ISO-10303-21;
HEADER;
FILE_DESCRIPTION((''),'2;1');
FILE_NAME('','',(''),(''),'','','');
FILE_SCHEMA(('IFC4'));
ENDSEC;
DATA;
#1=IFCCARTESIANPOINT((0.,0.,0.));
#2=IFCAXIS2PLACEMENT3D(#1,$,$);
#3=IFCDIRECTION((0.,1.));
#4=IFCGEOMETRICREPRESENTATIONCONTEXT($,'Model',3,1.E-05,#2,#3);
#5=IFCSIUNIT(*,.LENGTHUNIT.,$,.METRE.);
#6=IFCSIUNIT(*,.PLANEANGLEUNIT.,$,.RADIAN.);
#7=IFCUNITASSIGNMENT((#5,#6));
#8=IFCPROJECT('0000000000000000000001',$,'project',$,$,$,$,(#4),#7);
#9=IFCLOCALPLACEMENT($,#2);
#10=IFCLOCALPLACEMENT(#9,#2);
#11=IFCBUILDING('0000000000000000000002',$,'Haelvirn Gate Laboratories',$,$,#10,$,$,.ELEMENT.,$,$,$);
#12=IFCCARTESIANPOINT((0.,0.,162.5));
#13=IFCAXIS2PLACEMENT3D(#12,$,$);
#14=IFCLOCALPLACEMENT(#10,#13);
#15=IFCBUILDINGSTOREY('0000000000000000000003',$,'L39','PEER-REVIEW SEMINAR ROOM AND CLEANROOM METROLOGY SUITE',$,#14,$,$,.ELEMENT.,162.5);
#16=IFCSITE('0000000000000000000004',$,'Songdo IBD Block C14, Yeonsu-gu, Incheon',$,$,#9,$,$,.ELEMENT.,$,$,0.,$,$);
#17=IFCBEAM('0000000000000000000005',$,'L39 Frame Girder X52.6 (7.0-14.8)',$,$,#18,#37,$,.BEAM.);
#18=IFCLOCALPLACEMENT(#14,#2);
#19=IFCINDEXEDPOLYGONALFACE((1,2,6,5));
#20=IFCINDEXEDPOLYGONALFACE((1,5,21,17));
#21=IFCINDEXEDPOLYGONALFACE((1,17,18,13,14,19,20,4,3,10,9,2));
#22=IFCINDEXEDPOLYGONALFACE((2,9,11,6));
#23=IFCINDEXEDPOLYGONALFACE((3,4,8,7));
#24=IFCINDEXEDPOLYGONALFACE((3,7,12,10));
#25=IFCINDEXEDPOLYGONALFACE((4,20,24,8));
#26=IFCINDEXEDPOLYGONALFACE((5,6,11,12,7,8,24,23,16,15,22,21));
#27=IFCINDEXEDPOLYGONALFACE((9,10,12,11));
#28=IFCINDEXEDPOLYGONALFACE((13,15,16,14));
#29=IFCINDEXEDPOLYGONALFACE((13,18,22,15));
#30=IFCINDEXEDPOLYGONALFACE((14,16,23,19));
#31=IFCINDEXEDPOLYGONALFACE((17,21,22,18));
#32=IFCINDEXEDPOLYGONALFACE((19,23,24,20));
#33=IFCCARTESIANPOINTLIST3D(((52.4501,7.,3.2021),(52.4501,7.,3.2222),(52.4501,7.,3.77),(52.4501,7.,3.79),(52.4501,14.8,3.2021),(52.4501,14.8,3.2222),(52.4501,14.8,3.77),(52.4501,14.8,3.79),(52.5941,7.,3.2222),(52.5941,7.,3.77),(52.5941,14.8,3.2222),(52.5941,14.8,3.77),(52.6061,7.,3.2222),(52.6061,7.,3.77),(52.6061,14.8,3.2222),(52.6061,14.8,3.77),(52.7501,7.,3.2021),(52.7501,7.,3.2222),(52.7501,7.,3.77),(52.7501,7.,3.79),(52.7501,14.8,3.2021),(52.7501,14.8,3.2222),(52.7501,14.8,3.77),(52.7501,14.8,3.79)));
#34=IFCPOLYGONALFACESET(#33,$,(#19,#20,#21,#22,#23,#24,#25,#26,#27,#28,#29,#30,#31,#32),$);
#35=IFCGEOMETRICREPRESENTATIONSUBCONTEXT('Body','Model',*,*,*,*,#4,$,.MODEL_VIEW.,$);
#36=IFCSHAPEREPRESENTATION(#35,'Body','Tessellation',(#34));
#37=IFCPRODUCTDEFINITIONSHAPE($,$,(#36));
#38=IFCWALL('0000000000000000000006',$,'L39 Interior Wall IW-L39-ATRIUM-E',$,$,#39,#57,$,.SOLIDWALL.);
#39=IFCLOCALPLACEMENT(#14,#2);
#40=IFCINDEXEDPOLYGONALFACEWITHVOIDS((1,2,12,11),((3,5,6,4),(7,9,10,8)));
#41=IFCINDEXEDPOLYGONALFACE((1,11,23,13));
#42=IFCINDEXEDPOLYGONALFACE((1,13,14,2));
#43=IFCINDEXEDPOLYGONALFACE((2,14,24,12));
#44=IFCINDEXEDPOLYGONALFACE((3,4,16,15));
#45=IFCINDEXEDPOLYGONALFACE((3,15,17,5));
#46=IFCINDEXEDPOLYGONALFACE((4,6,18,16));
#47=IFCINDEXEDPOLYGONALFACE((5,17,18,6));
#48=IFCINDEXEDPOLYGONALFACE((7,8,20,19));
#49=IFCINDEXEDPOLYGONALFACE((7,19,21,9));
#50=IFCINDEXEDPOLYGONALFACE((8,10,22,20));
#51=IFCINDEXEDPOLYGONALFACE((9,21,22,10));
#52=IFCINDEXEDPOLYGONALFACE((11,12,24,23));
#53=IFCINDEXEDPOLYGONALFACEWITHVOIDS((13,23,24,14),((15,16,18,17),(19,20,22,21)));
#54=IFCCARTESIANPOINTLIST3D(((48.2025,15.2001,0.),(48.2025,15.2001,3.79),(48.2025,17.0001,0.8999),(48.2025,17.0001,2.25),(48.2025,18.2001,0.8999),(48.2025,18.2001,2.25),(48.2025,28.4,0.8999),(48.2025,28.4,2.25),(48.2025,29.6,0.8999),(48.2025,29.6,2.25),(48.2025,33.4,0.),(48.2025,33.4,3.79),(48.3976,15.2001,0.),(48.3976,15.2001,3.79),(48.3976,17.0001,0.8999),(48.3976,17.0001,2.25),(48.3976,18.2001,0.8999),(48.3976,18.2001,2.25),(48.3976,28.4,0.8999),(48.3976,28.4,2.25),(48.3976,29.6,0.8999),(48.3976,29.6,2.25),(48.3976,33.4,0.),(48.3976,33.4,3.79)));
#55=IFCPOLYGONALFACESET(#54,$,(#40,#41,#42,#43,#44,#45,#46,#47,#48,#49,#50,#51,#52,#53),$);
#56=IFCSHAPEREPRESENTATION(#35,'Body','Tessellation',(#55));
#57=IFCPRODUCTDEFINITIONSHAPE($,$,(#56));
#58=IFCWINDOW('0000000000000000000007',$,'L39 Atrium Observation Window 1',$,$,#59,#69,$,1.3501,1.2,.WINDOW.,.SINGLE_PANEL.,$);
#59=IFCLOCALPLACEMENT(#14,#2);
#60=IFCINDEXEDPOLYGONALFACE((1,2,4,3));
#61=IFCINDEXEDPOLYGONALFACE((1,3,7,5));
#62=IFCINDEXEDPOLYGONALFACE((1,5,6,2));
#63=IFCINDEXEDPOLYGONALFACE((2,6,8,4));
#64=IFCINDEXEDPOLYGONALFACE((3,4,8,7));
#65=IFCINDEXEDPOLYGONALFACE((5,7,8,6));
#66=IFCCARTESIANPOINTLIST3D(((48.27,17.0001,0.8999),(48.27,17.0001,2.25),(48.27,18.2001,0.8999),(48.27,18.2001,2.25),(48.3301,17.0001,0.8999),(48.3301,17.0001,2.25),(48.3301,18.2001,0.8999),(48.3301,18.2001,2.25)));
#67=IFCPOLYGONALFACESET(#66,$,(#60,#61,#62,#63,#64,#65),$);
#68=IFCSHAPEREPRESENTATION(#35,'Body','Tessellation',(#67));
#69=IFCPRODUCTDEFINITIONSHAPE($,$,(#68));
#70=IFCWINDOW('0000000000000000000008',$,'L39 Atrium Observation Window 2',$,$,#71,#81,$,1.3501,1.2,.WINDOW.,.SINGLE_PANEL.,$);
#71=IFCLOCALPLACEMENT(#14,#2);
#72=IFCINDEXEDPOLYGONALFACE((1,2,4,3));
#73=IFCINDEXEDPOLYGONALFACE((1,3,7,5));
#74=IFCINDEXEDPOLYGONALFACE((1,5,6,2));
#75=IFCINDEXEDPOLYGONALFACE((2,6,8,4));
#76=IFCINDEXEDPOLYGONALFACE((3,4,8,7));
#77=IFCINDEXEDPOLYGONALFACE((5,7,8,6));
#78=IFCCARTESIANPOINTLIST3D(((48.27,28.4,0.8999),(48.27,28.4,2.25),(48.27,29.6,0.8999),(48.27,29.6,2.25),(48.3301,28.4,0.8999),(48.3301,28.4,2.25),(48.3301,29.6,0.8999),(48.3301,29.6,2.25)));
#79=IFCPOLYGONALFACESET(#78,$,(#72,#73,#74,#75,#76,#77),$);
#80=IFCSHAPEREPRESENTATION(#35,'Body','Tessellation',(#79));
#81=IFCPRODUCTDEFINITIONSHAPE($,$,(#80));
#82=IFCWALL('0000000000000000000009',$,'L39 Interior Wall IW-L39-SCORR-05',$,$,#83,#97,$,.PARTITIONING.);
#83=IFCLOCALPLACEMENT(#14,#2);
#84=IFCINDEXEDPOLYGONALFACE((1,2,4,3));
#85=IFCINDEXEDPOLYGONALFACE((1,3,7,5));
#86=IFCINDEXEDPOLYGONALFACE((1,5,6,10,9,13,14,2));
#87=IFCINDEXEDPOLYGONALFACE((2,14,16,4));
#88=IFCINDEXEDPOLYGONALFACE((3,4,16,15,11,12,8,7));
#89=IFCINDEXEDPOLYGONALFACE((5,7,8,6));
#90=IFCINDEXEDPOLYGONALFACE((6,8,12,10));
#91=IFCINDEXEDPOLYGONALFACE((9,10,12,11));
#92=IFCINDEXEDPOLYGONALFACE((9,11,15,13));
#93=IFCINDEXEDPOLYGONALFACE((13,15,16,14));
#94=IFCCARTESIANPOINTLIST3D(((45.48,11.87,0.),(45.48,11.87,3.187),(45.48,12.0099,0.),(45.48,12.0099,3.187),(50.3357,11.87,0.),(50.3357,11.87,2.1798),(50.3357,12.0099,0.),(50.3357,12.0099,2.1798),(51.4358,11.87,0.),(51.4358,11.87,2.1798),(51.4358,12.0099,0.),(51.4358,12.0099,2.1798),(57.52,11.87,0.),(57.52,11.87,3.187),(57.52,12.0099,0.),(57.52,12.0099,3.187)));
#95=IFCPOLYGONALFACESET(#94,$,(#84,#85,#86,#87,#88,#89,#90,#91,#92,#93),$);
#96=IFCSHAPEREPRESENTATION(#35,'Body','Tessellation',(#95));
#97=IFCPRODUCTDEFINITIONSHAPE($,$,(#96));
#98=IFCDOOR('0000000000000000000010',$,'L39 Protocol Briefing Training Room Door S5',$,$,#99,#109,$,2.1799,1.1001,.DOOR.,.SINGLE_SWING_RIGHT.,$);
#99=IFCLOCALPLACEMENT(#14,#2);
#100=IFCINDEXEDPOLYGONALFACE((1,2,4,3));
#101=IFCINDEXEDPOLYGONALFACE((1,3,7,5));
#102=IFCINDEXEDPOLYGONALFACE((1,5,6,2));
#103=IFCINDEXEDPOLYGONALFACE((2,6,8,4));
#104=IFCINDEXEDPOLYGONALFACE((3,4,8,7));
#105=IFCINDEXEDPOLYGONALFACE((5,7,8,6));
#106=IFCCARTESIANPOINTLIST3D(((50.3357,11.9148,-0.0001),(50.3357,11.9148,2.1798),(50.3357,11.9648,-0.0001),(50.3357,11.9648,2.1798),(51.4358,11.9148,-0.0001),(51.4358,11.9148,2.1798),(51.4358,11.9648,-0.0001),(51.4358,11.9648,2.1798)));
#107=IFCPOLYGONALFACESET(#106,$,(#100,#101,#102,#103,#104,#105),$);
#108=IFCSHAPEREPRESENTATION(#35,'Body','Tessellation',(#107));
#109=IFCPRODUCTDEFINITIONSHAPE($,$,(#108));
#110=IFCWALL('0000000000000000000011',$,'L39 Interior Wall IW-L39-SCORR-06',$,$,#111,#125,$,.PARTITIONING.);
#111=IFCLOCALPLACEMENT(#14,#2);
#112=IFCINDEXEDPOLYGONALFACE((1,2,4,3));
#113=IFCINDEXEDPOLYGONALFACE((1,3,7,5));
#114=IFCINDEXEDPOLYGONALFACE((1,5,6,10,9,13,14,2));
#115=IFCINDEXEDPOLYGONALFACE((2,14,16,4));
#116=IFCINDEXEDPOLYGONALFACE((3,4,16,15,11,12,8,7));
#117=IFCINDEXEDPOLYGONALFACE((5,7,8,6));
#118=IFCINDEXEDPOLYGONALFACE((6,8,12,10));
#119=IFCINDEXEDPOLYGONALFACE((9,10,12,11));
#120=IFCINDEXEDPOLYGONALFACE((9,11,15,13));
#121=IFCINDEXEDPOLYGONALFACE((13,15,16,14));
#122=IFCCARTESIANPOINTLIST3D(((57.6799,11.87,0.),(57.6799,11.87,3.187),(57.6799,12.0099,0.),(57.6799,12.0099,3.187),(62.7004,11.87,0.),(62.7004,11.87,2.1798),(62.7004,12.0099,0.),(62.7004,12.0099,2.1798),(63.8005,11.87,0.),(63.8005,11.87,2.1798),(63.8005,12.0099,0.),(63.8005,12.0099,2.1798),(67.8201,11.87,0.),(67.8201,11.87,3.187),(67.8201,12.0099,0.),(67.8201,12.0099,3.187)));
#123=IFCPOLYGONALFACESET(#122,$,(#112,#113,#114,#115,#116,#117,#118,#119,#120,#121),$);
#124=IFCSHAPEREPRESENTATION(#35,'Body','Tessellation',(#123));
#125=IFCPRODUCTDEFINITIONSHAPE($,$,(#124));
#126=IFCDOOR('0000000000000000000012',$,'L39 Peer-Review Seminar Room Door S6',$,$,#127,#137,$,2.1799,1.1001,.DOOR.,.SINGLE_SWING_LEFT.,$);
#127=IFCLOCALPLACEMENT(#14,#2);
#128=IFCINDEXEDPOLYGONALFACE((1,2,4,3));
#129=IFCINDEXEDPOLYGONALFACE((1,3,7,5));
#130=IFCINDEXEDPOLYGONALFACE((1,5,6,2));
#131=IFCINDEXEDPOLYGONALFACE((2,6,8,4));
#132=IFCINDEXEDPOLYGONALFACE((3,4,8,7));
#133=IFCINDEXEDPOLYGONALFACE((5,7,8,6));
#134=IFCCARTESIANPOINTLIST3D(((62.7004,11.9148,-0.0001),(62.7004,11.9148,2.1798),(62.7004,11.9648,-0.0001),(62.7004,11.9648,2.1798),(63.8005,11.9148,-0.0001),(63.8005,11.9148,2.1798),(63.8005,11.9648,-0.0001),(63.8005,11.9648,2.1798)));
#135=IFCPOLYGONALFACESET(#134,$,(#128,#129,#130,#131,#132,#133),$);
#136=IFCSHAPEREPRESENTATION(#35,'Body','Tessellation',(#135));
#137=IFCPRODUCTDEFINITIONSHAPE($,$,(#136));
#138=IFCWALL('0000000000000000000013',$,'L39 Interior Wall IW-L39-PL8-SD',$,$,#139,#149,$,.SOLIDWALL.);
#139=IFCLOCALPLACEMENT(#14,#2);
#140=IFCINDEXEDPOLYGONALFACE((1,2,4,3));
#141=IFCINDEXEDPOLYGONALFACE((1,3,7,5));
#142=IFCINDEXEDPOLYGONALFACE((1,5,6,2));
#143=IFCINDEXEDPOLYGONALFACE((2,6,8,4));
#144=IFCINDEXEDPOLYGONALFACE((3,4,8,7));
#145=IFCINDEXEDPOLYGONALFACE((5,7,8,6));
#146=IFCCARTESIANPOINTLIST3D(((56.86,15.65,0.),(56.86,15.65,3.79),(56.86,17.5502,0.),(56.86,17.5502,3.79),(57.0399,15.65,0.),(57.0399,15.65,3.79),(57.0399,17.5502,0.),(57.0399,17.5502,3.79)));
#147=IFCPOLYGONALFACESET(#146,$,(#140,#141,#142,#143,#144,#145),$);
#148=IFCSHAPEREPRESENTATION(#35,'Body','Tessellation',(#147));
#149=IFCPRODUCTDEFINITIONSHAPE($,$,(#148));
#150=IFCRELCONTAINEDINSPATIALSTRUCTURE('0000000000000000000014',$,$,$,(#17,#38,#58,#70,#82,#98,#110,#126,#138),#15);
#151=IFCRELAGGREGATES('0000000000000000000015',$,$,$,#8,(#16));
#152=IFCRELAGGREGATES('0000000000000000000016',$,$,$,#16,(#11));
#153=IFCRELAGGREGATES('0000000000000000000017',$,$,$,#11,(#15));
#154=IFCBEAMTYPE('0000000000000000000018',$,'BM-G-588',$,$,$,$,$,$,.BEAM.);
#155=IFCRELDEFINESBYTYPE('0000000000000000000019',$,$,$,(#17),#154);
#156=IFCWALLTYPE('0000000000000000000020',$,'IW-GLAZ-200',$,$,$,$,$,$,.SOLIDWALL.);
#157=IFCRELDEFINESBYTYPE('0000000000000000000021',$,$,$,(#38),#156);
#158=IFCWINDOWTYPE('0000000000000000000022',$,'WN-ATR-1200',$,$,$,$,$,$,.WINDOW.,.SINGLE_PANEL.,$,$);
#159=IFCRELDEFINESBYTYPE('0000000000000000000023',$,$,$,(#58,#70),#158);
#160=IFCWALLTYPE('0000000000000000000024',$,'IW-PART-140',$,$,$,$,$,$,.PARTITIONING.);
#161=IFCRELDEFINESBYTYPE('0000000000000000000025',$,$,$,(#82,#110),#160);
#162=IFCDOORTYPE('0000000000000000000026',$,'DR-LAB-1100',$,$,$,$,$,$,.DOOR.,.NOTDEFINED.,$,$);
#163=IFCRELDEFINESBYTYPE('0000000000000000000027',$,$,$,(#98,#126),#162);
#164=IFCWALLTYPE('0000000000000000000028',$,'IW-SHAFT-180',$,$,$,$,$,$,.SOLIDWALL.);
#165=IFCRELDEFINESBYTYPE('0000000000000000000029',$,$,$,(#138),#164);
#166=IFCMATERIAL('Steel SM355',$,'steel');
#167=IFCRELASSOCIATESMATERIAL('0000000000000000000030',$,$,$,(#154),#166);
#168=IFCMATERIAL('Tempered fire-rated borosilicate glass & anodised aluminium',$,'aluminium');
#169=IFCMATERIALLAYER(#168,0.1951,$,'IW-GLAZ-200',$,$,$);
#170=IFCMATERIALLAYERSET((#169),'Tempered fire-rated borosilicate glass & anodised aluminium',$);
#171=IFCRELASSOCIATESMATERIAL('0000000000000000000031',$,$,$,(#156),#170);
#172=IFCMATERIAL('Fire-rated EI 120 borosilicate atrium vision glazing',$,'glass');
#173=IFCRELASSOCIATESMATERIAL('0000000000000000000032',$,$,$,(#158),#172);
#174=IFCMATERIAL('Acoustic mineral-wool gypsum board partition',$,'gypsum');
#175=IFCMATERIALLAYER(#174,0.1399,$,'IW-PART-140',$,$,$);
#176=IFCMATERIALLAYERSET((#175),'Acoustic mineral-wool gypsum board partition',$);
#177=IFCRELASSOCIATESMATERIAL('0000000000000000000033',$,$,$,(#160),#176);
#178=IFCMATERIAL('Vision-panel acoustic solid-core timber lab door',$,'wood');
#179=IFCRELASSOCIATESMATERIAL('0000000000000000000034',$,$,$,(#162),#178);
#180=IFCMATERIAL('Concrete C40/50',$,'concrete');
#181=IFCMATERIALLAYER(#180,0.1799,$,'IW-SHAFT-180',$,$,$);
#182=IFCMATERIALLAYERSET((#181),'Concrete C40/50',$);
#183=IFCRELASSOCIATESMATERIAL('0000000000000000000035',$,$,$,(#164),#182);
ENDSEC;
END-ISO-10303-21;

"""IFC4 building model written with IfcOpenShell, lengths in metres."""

from ifc_helpers import new_model, si_unit, direction, frame, frame_2d, origin, origin_2d, place, context, subcontext, project, spatial, rectangle, i_section, extrude, source, transform, mapped, material, layer, layer_set, material_profile, profile_set, type_object, type_shapes, element, fill, save


model = new_model("IFC4")

# Units and contexts
model_context = context("Model", 3, precision=1e-05, world=origin(), true_north=direction((0.0, 1.0)))
body_context = subcontext(model_context, "Body", "Model", "MODEL_VIEW")
ifc_project = project(units=[si_unit("LENGTHUNIT", "METRE"), si_unit("PLANEANGLEUNIT", "RADIAN")], contexts=[model_context])

# Site, building, storey
site_placement = place(None, origin())
site = spatial("IfcSite", under=ifc_project, at=site_placement, Name="Songdo IBD Block C14, Yeonsu-gu, Incheon", CompositionType="ELEMENT", RefElevation=0.0)
building_placement = place(site_placement, origin())
building = spatial("IfcBuilding", under=site, at=building_placement, Name="Haelvirn Gate Laboratories", CompositionType="ELEMENT")
storey_placement = place(building_placement, frame((0.0, 0.0, 162.5)))
storey = spatial("IfcBuildingStorey", under=building, at=storey_placement, Name="L39", Description="PEER-REVIEW SEMINAR ROOM AND CLEANROOM METROLOGY SUITE", CompositionType="ELEMENT", Elevation=162.5)

# Shared definitions
ifc_material_1 = material(Name="Steel SM355", Category="steel")

# Beam
ifc_material_profile_1 = material_profile(ifc_material_1, i_section(OverallWidth=0.3, OverallDepth=0.5879, WebThickness=0.012, FlangeThickness=0.02, at=origin_2d()), Name="H-588x300x12x20")
ifc_profile_set_1 = profile_set([ifc_material_profile_1], Name="Steel SM355")
beam_type_1 = type_object("IfcBeamType", Name="BM-G-588", PredefinedType="BEAM", material=ifc_profile_set_1)
shared_shape_1 = source(origin(), body_context, "Body", "SweptSolid", [
    extrude(i_section(OverallWidth=0.3, OverallDepth=0.5879, WebThickness=0.012, FlangeThickness=0.02, at=origin_2d()), origin(), (0.0, 0.0, 1.0), 7.8),
])
type_shapes(beam_type_1, [shared_shape_1])
beam_1_placement = place(storey_placement, frame((52.6001, 7.0, 3.4961), z_axis=(0.0, 1.0, 0.0), x_axis=(-1.0, 0.0, 0.0)))
element("IfcBeam", 1, at=beam_1_placement, inside=storey, type_object=beam_type_1, Name="L39 Frame Girder X52.6 (7.0-14.8)", PredefinedType="BEAM", context=body_context, shape_type="MappedRepresentation", body=[
    mapped(shared_shape_1, transform((0.0, 0.0, 0.0), scale=1.0)),
])

# Wall, openings, windows
ifc_material_2 = material(Name="Tempered fire-rated borosilicate glass & anodised aluminium", Category="aluminium")
ifc_layer_1 = layer(ifc_material_2, 0.1951, Name="IW-GLAZ-200")
ifc_layer_set_1 = layer_set([ifc_layer_1], Name="Tempered fire-rated borosilicate glass & anodised aluminium")
wall_type_1 = type_object("IfcWallType", Name="IW-GLAZ-200", PredefinedType="SOLIDWALL", material=ifc_layer_set_1)
wall_1_placement = place(storey_placement, frame((48.3, 15.2, 0.0), z_axis=(0.0, 0.0, 1.0), x_axis=(0.0, 1.0, 0.0)))
wall_1 = element("IfcWall", 2, at=wall_1_placement, inside=storey, type_object=wall_type_1, Name="L39 Interior Wall IW-L39-ATRIUM-E", PredefinedType="SOLIDWALL", context=body_context, shape_type="SweptSolid", body=[
    extrude(rectangle(XDim=18.2, YDim=0.1951, at=frame_2d((9.1001, 0.0))), origin(), (0.0, 0.0, 1.0), 3.79),
])
opening_1_placement = place(wall_1_placement, frame((1.8, 0.0, 0.8999)))
opening_1 = element("IfcOpeningElement", 3, at=opening_1_placement, cuts=wall_1, PredefinedType="OPENING", context=body_context, shape_type="SweptSolid", body=[
    extrude(rectangle(XDim=1.2, YDim=1.3501, at=frame_2d((0.6001, 0.675))), frame((0.0, 0.1074, 0.0), z_axis=(0.0, -1.0, 0.0), x_axis=(1.0, 0.0, 0.0)), (0.0, 0.0, 1.0), 0.2151),
])
opening_2_placement = place(wall_1_placement, frame((13.2, 0.0, 0.8999)))
opening_2 = element("IfcOpeningElement", 4, at=opening_2_placement, cuts=wall_1, PredefinedType="OPENING", context=body_context, shape_type="SweptSolid", body=[
    extrude(rectangle(XDim=1.2, YDim=1.3501, at=frame_2d((0.6001, 0.675))), frame((0.0, 0.1074, 0.0), z_axis=(0.0, -1.0, 0.0), x_axis=(1.0, 0.0, 0.0)), (0.0, 0.0, 1.0), 0.2151),
])
ifc_material_3 = material(Name="Fire-rated EI 120 borosilicate atrium vision glazing", Category="glass")
window_type = type_object("IfcWindowType", Name="WN-ATR-1200", PartitioningType="SINGLE_PANEL", PredefinedType="WINDOW", material=ifc_material_3)
shared_shape_2 = source(origin(), body_context, "Body", "SweptSolid", [
    extrude(rectangle(XDim=1.2, YDim=1.3501, at=frame_2d((0.6001, 0.675))), frame((0.0, 0.03, 0.0), z_axis=(0.0, -1.0, 0.0), x_axis=(1.0, 0.0, 0.0)), (0.0, 0.0, 1.0), 0.0601),
])
type_shapes(window_type, [shared_shape_2])
window_1_placement = place(opening_1_placement, origin())
window_1 = element("IfcWindow", 5, at=window_1_placement, inside=storey, type_object=window_type, Name="L39 Atrium Observation Window 1", OverallHeight=1.3501, OverallWidth=1.2, PartitioningType="SINGLE_PANEL", PredefinedType="WINDOW", context=body_context, shape_type="MappedRepresentation", body=[
    mapped(shared_shape_2, transform((0.0, 0.0, 0.0), scale=1.0)),
])
fill(opening_1, window_1)
window_2_placement = place(opening_2_placement, origin())
window_2 = element("IfcWindow", 6, at=window_2_placement, inside=storey, type_object=window_type, Name="L39 Atrium Observation Window 2", OverallHeight=1.3501, OverallWidth=1.2, PartitioningType="SINGLE_PANEL", PredefinedType="WINDOW", context=body_context, shape_type="MappedRepresentation", body=[
    mapped(shared_shape_2, transform((0.0, 0.0, 0.0), scale=1.0)),
])
fill(opening_2, window_2)

# Walls, openings, doors
ifc_material_4 = material(Name="Acoustic mineral-wool gypsum board partition", Category="gypsum")
ifc_layer_2 = layer(ifc_material_4, 0.1399, Name="IW-PART-140")
ifc_layer_set_2 = layer_set([ifc_layer_2], Name="Acoustic mineral-wool gypsum board partition")
wall_type_2 = type_object("IfcWallType", Name="IW-PART-140", PredefinedType="PARTITIONING", material=ifc_layer_set_2)
wall_2_placement = place(storey_placement, frame((45.48, 11.9399, 0.0), z_axis=(0.0, 0.0, 1.0), x_axis=(1.0, 0.0, 0.0)))
wall_2 = element("IfcWall", 7, at=wall_2_placement, inside=storey, type_object=wall_type_2, Name="L39 Interior Wall IW-L39-SCORR-05", PredefinedType="PARTITIONING", context=body_context, shape_type="SweptSolid", body=[
    extrude(rectangle(XDim=12.04, YDim=0.1399, at=frame_2d((6.02, 0.0))), origin(), (0.0, 0.0, 1.0), 3.187),
])
opening_3_placement = place(wall_2_placement, frame((4.8557, 0.0, 0.0)))
opening_3 = element("IfcOpeningElement", 8, at=opening_3_placement, cuts=wall_2, PredefinedType="OPENING", context=body_context, shape_type="SweptSolid", body=[
    extrude(rectangle(XDim=1.1001, YDim=2.1799, at=frame_2d((0.55, 1.0898))), frame((0.0, 0.0801, 0.0), z_axis=(0.0, -1.0, 0.0), x_axis=(1.0, 0.0, 0.0)), (0.0, 0.0, 1.0), 0.1599),
])
ifc_material_5 = material(Name="Vision-panel acoustic solid-core timber lab door", Category="wood")
door_type_1 = type_object("IfcDoorType", Name="DR-LAB-1100", OperationType="NOTDEFINED", PredefinedType="DOOR", material=ifc_material_5)
shared_shape_3 = source(origin(), body_context, "Body", "SweptSolid", [
    extrude(rectangle(XDim=1.1001, YDim=2.1799, at=frame_2d((0.55, 1.0898))), frame((0.0, 0.0249, 0.0), z_axis=(0.0, -1.0, 0.0), x_axis=(1.0, 0.0, 0.0)), (0.0, 0.0, 1.0), 0.05),
])
type_shapes(door_type_1, [shared_shape_3])
door_1_placement = place(opening_3_placement, origin())
door_1 = element("IfcDoor", 9, at=door_1_placement, inside=storey, type_object=door_type_1, Name="L39 Protocol Briefing Training Room Door S5", OperationType="SINGLE_SWING_RIGHT", OverallHeight=2.1799, OverallWidth=1.1001, PredefinedType="DOOR", context=body_context, shape_type="MappedRepresentation", body=[
    mapped(shared_shape_3, transform((0.0, 0.0, 0.0), scale=1.0)),
])
fill(opening_3, door_1)
wall_3_placement = place(storey_placement, frame((57.6799, 11.9399, 0.0), z_axis=(0.0, 0.0, 1.0), x_axis=(1.0, 0.0, 0.0)))
wall_3 = element("IfcWall", 10, at=wall_3_placement, inside=storey, type_object=wall_type_2, Name="L39 Interior Wall IW-L39-SCORR-06", PredefinedType="PARTITIONING", context=body_context, shape_type="SweptSolid", body=[
    extrude(rectangle(XDim=10.1401, YDim=0.1399, at=frame_2d((5.0701, 0.0))), origin(), (0.0, 0.0, 1.0), 3.187),
])
opening_4_placement = place(wall_3_placement, frame((5.0205, 0.0, 0.0)))
opening_4 = element("IfcOpeningElement", 11, at=opening_4_placement, cuts=wall_3, PredefinedType="OPENING", context=body_context, shape_type="SweptSolid", body=[
    extrude(rectangle(XDim=1.1001, YDim=2.1799, at=frame_2d((0.55, 1.0898))), frame((0.0, 0.0801, 0.0), z_axis=(0.0, -1.0, 0.0), x_axis=(1.0, 0.0, 0.0)), (0.0, 0.0, 1.0), 0.1599),
])
door_2_placement = place(opening_4_placement, origin())
door_2 = element("IfcDoor", 12, at=door_2_placement, inside=storey, type_object=door_type_1, Name="L39 Peer-Review Seminar Room Door S6", OperationType="SINGLE_SWING_LEFT", OverallHeight=2.1799, OverallWidth=1.1001, PredefinedType="DOOR", context=body_context, shape_type="MappedRepresentation", body=[
    mapped(shared_shape_3, transform((0.0, 0.0, 0.0), scale=1.0)),
])
fill(opening_4, door_2)

# Wall
ifc_material_6 = material(Name="Concrete C40/50", Category="concrete")
ifc_layer_3 = layer(ifc_material_6, 0.1799, Name="IW-SHAFT-180")
ifc_layer_set_3 = layer_set([ifc_layer_3], Name="Concrete C40/50")
wall_type_3 = type_object("IfcWallType", Name="IW-SHAFT-180", PredefinedType="SOLIDWALL", material=ifc_layer_set_3)
wall_4_placement = place(storey_placement, frame((56.95, 15.6499, 0.0), z_axis=(0.0, 0.0, 1.0), x_axis=(0.0, 1.0, 0.0)))
element("IfcWall", 13, at=wall_4_placement, inside=storey, type_object=wall_type_3, Name="L39 Interior Wall IW-L39-PL8-SD", PredefinedType="SOLIDWALL", context=body_context, shape_type="SweptSolid", body=[
    extrude(rectangle(XDim=1.9001, YDim=0.1799, at=frame_2d((0.9502, 0.0))), origin(), (0.0, 0.0, 1.0), 3.79),
])

save(model, "model.ifc")
